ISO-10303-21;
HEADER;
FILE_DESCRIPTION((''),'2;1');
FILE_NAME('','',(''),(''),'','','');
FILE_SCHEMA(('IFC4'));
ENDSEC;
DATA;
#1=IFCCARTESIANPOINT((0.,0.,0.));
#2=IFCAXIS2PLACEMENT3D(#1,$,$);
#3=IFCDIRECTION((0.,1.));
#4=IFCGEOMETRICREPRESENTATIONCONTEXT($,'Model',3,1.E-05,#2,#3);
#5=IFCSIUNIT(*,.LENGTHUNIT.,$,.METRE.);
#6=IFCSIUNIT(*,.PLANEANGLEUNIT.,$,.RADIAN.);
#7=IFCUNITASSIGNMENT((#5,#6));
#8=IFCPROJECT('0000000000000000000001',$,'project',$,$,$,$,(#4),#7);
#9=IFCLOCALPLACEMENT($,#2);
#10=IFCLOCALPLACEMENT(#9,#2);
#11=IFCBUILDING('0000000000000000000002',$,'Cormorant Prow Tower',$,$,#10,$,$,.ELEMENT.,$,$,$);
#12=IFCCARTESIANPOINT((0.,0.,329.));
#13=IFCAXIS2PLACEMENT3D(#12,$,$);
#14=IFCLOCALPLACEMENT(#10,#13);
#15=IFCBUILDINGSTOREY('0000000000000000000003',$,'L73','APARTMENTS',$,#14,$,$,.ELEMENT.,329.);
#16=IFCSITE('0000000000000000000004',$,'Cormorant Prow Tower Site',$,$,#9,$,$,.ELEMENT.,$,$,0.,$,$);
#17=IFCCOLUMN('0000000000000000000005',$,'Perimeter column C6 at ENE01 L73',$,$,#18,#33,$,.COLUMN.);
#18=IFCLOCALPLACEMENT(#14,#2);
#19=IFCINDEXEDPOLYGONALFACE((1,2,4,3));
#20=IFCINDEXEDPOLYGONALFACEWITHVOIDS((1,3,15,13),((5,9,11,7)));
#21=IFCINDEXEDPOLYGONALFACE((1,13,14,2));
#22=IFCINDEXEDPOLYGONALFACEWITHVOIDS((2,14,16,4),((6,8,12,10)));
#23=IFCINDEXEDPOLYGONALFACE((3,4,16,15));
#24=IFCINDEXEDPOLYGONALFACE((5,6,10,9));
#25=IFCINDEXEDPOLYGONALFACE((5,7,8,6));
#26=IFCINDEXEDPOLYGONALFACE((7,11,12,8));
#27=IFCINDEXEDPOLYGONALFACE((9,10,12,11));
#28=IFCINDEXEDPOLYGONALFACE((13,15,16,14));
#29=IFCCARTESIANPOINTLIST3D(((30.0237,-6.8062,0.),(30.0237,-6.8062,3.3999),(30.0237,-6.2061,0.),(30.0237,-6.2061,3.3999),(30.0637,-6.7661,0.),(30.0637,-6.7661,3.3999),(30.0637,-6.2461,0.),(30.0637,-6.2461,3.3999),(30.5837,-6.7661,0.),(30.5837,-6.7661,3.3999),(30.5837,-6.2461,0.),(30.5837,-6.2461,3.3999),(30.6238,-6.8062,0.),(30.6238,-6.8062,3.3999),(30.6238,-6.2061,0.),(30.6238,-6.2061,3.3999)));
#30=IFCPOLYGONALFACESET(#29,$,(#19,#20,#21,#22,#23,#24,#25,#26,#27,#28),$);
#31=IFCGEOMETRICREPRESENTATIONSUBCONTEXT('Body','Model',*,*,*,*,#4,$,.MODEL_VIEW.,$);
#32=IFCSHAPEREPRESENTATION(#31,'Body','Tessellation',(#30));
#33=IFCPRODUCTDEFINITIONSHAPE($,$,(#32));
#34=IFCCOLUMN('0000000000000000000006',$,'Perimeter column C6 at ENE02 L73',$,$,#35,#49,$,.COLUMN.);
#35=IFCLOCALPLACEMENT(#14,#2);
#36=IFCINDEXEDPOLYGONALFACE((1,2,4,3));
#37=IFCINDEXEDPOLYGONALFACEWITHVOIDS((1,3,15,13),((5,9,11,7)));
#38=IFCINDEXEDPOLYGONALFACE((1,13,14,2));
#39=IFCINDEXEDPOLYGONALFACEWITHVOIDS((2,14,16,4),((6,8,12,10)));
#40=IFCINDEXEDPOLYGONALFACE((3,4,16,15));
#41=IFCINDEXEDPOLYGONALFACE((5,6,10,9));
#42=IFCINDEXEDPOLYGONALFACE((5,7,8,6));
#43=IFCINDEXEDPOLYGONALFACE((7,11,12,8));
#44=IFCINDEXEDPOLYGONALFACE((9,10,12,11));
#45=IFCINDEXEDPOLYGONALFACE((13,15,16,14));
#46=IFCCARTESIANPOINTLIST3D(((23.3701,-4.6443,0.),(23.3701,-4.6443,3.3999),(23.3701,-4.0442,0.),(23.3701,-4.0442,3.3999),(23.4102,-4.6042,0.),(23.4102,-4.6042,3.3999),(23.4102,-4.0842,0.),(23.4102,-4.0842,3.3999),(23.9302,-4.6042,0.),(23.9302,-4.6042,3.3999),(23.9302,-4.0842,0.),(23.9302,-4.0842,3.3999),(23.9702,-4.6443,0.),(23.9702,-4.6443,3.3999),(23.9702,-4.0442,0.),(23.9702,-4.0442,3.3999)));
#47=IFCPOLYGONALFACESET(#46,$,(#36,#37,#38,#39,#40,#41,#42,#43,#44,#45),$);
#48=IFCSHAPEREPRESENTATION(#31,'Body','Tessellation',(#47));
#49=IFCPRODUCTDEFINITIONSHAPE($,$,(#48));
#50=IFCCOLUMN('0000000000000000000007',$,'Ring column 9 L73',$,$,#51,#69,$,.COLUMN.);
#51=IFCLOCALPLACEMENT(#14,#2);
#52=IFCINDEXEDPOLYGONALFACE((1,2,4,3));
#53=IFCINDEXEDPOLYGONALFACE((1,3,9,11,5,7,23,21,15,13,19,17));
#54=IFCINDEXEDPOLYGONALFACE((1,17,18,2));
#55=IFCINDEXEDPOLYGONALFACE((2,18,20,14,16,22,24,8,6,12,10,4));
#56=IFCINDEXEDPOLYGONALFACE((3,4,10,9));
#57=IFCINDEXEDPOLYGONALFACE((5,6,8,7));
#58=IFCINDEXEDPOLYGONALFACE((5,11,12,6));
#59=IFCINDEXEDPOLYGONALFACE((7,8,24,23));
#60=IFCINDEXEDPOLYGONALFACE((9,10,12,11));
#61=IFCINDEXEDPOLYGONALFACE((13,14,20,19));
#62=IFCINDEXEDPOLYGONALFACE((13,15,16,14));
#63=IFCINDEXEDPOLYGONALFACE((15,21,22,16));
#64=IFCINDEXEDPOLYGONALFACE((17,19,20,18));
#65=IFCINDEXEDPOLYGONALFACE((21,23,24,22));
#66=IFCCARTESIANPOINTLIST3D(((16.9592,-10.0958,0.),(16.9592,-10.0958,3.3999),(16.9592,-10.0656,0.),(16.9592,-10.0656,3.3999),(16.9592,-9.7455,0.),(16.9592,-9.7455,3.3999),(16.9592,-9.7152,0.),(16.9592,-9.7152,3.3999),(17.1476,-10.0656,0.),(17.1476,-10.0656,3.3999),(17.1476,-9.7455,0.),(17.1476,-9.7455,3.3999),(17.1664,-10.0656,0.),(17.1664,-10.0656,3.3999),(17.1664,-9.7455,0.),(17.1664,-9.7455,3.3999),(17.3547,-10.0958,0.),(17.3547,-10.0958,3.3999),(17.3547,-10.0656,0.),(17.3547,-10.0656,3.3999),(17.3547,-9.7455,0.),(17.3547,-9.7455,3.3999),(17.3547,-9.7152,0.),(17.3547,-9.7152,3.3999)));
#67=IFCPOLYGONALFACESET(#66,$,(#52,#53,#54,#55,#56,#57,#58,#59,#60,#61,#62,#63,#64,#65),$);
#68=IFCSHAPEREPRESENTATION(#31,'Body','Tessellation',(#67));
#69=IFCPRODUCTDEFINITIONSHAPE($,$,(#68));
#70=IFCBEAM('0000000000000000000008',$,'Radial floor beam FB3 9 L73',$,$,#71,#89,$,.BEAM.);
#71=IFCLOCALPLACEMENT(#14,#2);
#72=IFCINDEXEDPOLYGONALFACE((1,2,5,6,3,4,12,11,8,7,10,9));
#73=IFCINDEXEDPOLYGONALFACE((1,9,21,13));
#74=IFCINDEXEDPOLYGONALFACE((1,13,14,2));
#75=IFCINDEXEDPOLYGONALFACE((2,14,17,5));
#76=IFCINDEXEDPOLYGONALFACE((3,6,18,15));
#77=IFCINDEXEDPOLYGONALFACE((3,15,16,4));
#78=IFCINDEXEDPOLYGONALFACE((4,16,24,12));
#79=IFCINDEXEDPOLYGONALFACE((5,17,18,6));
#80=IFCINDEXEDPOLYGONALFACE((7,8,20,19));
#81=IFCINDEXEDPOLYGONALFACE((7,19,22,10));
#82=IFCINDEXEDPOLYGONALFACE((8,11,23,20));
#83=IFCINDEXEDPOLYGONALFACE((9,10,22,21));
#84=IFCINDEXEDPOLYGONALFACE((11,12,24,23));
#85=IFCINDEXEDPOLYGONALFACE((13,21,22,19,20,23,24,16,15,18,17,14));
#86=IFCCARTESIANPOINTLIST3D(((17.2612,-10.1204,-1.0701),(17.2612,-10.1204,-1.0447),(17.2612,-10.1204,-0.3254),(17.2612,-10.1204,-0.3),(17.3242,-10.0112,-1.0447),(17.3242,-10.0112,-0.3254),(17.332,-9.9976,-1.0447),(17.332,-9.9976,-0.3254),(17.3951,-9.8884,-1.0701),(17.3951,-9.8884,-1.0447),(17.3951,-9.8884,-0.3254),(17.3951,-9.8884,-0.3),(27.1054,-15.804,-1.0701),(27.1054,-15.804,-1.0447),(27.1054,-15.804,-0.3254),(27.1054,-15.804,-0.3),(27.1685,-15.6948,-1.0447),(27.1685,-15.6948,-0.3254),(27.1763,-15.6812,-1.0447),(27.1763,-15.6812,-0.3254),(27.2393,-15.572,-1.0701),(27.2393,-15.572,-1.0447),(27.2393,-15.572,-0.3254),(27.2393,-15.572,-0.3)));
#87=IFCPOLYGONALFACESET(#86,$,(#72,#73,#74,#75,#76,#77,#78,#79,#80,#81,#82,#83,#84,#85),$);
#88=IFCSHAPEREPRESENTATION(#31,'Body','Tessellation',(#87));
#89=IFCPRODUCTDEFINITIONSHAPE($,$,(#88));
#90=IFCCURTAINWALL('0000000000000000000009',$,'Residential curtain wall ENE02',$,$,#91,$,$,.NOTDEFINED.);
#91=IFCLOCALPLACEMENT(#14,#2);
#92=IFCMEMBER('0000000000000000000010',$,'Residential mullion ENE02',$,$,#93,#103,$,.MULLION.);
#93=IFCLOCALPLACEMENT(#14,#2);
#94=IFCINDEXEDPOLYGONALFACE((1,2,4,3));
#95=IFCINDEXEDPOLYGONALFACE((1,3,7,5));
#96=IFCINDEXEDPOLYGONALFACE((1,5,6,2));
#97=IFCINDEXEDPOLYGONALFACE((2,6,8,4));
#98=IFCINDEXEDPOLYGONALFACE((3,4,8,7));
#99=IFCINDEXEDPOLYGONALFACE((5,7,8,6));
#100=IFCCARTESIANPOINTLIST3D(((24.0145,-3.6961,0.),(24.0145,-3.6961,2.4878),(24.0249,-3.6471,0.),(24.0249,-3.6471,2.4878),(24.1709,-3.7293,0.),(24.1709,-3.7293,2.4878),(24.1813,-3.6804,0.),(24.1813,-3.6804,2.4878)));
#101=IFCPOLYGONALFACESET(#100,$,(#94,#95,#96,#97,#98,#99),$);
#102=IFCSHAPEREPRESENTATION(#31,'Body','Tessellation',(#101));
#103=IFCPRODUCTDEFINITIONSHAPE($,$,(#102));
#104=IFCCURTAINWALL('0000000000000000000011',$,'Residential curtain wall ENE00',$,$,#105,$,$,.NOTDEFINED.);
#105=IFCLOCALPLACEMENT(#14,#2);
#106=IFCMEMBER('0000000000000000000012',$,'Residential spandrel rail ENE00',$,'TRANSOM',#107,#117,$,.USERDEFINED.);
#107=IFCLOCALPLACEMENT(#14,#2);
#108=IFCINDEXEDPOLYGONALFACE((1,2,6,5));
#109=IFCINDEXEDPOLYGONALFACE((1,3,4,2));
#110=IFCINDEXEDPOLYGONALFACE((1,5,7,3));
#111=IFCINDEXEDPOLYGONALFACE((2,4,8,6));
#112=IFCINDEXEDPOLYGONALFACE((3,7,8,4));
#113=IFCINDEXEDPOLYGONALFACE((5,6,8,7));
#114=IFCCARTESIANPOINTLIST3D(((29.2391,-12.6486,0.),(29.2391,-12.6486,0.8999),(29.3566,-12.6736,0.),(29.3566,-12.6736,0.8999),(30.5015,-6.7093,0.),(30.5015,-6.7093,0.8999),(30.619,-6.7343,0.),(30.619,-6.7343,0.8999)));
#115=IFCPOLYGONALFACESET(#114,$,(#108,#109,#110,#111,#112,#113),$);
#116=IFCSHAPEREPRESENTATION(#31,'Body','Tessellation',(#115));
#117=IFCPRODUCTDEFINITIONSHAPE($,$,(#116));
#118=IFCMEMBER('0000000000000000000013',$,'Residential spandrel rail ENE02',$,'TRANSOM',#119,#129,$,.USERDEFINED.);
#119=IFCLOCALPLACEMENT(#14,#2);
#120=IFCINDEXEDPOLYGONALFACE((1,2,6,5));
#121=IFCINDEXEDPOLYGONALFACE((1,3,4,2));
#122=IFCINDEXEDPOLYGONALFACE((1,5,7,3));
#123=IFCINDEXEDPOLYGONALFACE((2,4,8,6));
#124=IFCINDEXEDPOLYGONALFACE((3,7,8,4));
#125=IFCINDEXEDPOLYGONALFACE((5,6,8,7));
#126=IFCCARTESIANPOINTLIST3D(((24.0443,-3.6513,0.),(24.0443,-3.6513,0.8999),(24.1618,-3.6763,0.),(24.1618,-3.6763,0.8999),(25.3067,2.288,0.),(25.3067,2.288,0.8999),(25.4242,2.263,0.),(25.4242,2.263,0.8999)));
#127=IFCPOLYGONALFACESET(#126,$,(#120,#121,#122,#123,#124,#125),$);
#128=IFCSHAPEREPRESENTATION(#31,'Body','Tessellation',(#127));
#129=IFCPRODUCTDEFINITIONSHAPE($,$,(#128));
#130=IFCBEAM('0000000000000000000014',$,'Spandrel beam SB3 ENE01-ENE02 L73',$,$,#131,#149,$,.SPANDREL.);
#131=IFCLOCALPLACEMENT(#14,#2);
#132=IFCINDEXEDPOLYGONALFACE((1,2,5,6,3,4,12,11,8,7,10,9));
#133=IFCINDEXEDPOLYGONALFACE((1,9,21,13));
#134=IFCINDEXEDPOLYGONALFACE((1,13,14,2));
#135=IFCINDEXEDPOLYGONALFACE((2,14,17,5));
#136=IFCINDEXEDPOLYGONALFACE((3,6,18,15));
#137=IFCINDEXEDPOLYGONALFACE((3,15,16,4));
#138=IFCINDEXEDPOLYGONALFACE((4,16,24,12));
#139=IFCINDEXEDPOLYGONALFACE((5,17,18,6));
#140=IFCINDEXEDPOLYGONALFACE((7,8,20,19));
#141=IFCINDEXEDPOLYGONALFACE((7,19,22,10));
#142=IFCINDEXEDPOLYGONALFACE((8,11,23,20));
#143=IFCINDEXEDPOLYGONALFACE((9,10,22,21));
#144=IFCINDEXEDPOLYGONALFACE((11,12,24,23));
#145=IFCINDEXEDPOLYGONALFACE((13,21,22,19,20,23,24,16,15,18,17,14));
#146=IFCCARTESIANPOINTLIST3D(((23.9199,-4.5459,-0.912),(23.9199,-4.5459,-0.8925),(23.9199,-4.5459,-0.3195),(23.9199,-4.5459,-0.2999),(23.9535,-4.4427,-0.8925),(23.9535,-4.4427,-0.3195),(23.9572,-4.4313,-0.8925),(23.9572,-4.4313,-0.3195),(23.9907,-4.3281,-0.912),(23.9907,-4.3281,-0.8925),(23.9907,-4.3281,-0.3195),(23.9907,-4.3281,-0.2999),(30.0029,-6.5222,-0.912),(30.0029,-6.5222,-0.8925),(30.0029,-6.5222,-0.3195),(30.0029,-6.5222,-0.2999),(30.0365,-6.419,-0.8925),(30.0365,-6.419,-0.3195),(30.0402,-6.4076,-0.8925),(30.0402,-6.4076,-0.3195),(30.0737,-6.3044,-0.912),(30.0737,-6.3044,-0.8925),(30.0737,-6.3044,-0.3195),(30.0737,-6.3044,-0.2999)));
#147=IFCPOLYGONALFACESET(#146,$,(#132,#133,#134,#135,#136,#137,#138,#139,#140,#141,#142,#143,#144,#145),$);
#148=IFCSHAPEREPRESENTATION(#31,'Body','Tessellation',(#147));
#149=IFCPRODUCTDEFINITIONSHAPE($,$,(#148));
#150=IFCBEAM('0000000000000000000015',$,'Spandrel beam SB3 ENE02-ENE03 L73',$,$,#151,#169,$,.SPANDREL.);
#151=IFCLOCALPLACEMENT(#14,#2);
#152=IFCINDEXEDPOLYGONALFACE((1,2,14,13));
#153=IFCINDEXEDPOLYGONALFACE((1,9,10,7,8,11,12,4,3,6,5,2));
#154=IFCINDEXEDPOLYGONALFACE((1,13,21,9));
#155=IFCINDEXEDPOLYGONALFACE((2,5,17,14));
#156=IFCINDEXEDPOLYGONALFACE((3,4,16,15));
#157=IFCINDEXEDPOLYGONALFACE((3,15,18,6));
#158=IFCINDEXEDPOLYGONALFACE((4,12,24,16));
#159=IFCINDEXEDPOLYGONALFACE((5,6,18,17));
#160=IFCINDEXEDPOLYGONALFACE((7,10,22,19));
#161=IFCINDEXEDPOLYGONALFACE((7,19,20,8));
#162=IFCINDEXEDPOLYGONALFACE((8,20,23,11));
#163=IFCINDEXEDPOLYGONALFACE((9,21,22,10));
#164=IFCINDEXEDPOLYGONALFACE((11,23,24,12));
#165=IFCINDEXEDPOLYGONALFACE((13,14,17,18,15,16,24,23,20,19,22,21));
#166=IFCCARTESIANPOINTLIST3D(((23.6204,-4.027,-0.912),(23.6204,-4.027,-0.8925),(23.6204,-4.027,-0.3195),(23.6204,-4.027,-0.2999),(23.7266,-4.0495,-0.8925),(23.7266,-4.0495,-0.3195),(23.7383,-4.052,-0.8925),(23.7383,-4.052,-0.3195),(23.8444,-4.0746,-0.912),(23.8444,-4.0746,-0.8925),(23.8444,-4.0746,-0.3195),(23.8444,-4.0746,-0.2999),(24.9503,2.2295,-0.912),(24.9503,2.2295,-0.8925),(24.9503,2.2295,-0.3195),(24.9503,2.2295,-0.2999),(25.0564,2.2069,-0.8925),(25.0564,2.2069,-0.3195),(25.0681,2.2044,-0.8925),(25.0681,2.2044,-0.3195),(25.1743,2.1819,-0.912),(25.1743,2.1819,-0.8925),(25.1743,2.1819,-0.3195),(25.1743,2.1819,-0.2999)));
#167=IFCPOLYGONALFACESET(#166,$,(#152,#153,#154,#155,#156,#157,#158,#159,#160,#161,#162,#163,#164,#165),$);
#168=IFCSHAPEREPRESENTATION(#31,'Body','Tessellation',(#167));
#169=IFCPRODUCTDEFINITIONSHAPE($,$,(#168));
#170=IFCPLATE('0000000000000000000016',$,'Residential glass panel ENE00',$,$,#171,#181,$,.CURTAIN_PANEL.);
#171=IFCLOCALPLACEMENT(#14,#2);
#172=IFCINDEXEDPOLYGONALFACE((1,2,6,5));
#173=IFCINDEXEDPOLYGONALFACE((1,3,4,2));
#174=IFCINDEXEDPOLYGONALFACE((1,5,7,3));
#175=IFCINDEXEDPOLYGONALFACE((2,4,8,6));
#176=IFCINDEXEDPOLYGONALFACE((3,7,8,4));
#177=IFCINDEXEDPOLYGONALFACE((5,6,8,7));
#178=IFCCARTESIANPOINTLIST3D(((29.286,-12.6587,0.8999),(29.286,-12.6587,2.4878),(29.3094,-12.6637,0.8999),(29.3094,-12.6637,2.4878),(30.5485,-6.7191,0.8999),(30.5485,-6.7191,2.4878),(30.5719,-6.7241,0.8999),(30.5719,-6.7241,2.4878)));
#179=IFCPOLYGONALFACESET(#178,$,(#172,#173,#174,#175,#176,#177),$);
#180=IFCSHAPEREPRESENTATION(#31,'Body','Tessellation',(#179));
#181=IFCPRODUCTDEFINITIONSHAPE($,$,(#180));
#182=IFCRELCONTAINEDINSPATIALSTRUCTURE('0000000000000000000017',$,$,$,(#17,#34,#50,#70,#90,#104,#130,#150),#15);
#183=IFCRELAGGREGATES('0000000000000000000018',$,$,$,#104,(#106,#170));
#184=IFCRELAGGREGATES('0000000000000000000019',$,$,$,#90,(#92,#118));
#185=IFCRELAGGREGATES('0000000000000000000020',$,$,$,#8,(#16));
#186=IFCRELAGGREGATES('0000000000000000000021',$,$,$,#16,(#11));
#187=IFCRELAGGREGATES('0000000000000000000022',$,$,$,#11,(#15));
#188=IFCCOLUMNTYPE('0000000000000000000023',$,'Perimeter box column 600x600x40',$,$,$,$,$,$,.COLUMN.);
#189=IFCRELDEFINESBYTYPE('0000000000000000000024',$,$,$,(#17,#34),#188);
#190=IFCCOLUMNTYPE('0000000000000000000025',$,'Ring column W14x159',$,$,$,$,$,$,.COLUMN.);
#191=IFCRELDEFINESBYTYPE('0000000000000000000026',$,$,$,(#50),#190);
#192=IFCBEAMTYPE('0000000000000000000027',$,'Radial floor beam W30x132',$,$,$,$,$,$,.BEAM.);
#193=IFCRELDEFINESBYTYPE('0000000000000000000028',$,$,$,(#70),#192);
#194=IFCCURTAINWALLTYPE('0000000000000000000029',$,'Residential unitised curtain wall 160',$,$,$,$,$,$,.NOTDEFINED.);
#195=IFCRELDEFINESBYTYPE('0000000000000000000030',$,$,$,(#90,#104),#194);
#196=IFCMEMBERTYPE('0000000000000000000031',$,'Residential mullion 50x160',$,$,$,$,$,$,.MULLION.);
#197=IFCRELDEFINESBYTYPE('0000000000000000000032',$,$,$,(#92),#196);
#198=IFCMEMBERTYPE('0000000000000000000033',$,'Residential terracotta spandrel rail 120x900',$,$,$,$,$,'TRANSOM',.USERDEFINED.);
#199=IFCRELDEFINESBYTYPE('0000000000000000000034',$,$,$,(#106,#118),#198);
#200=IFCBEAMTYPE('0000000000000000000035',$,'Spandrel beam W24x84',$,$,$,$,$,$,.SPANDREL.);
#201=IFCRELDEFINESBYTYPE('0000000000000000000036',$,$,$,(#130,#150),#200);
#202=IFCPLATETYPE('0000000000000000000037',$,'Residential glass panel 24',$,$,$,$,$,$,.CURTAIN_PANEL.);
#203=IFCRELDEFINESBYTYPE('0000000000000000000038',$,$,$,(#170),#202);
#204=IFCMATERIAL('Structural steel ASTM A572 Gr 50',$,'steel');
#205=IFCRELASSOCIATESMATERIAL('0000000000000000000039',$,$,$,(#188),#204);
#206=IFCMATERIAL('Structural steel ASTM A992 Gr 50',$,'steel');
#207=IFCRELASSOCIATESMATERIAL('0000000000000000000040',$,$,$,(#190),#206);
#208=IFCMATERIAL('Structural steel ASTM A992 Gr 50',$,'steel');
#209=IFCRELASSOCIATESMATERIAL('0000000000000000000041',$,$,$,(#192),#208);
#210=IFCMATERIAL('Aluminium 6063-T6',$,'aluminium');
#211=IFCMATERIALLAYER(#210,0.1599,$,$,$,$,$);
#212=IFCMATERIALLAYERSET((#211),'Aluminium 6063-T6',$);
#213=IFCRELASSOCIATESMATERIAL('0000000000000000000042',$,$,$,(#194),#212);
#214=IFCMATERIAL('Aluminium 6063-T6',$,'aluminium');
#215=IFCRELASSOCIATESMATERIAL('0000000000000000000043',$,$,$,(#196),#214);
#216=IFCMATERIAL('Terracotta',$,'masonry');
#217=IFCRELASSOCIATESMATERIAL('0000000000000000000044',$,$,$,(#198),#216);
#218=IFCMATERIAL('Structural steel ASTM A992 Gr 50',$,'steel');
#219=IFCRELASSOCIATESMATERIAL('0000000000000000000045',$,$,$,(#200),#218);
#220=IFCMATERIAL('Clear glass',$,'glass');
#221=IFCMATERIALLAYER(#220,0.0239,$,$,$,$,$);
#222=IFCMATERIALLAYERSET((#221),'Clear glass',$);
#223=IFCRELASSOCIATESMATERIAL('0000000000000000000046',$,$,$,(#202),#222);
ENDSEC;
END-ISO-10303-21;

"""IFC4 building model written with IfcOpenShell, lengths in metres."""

from ifc_helpers import new_model, si_unit, direction, frame, origin, origin_2d, place, context, subcontext, project, spatial, rectangle, hollow_rectangle, i_section, extrude, material, layer, layer_set, material_profile, profile_set, type_object, element, aggregate, save


model = new_model("IFC4")

# Units and contexts
model_context = context("Model", 3, precision=1e-05, world=origin(), true_north=direction((0.0, 1.0)))
body_context = subcontext(model_context, "Body", "Model", "MODEL_VIEW")
ifc_project = project(units=[si_unit("LENGTHUNIT", "METRE"), si_unit("PLANEANGLEUNIT", "RADIAN")], contexts=[model_context])

# Site, building, storey
site_placement = place(None, origin())
site = spatial("IfcSite", under=ifc_project, at=site_placement, Name="Cormorant Prow Tower Site", CompositionType="ELEMENT", RefElevation=0.0)
building_placement = place(site_placement, origin())
building = spatial("IfcBuilding", under=site, at=building_placement, Name="Cormorant Prow Tower", CompositionType="ELEMENT")
storey_placement = place(building_placement, frame((0.0, 0.0, 329.0)))
storey = spatial("IfcBuildingStorey", under=building, at=storey_placement, Name="L73", Description="APARTMENTS", CompositionType="ELEMENT", Elevation=329.0)

# Columns
ifc_material_1 = material(Name="Structural steel ASTM A572 Gr 50", Category="steel")
ifc_material_profile_1 = material_profile(ifc_material_1, hollow_rectangle(XDim=0.6001, YDim=0.6001, WallThickness=0.04, at=origin_2d()), Name="Box 600x600x40")
ifc_profile_set_1 = profile_set([ifc_material_profile_1], Name="Structural steel ASTM A572 Gr 50")
column_type_1 = type_object("IfcColumnType", Name="Perimeter box column 600x600x40", PredefinedType="COLUMN", material=ifc_profile_set_1)
for number, where, z_axis, x_axis, name in (
    (1, (30.3237, -6.5061, 0.0), (0.0, 0.0, 1.0), (1.0, 0.0, 0.0), "Perimeter column C6 at ENE01 L73"),
    (2, (23.6702, -4.3442, 0.0), (0.0, 0.0, 1.0), (1.0, 0.0, 0.0), "Perimeter column C6 at ENE02 L73"),
):
    element("IfcColumn", number, at=place(storey_placement, frame(where, z_axis=z_axis, x_axis=x_axis)), inside=storey, type_object=column_type_1, Name=name, PredefinedType="COLUMN", context=body_context, shape_type="SweptSolid", body=[
        extrude(hollow_rectangle(XDim=0.6001, YDim=0.6001, WallThickness=0.04, at=origin_2d()), origin(), (0.0, 0.0, 1.0), 3.3999),
    ])
ifc_material_2 = material(Name="Structural steel ASTM A992 Gr 50", Category="steel")
ifc_material_profile_2 = material_profile(ifc_material_2, i_section(OverallWidth=0.3955, OverallDepth=0.3806, WebThickness=0.0188, FlangeThickness=0.0303, at=origin_2d()), Name="W14x159")
ifc_profile_set_2 = profile_set([ifc_material_profile_2], Name="Structural steel ASTM A992 Gr 50")
column_type_2 = type_object("IfcColumnType", Name="Ring column W14x159", PredefinedType="COLUMN", material=ifc_profile_set_2)
column_placement = place(storey_placement, frame((17.157, -9.9055, 0.0), z_axis=(0.0, 0.0, 1.0), x_axis=(1.0, 0.0, 0.0)))
element("IfcColumn", 3, at=column_placement, inside=storey, type_object=column_type_2, Name="Ring column 9 L73", PredefinedType="COLUMN", context=body_context, shape_type="SweptSolid", body=[
    extrude(i_section(OverallWidth=0.3955, OverallDepth=0.3806, WebThickness=0.0188, FlangeThickness=0.0303, at=origin_2d()), origin(), (0.0, 0.0, 1.0), 3.3999),
])

# Beam
ifc_material_3 = material(Name="Structural steel ASTM A992 Gr 50", Category="steel")
ifc_material_profile_3 = material_profile(ifc_material_3, i_section(OverallWidth=0.2678, OverallDepth=0.77, WebThickness=0.0156, FlangeThickness=0.0254, at=origin_2d()), Name="W30x132")
ifc_profile_set_3 = profile_set([ifc_material_profile_3], Name="Structural steel ASTM A992 Gr 50")
beam_type_1 = type_object("IfcBeamType", Name="Radial floor beam W30x132", PredefinedType="BEAM", material=ifc_profile_set_3)
beam_1_placement = place(storey_placement, frame((17.3281, -10.0044, -0.6851), z_axis=(0.866025, -0.500001, 0.0), x_axis=(0.500001, 0.866025, 0.0)))
element("IfcBeam", 4, at=beam_1_placement, inside=storey, type_object=beam_type_1, Name="Radial floor beam FB3 9 L73", PredefinedType="BEAM", context=body_context, shape_type="SweptSolid", body=[
    extrude(i_section(OverallWidth=0.2678, OverallDepth=0.77, WebThickness=0.0156, FlangeThickness=0.0254, at=origin_2d()), origin(), (0.0, 0.0, 1.0), 11.3672),
])

# Curtain walls, members
ifc_material_4 = material(Name="Aluminium 6063-T6", Category="aluminium")
ifc_layer_1 = layer(ifc_material_4, 0.1599)
ifc_layer_set_1 = layer_set([ifc_layer_1], Name="Aluminium 6063-T6")
curtain_wall_type = type_object("IfcCurtainWallType", Name="Residential unitised curtain wall 160", PredefinedType="NOTDEFINED", material=ifc_layer_set_1)
curtain_wall_1_placement = place(storey_placement, origin())
curtain_wall_1 = element("IfcCurtainWall", 5, at=curtain_wall_1_placement, inside=storey, type_object=curtain_wall_type, Name="Residential curtain wall ENE02", PredefinedType="NOTDEFINED")
ifc_material_5 = material(Name="Aluminium 6063-T6", Category="aluminium")
ifc_material_profile_4 = material_profile(ifc_material_5, rectangle(XDim=0.1599, YDim=0.05, at=origin_2d()), Name="Residential mullion 50x160")
ifc_profile_set_4 = profile_set([ifc_material_profile_4], Name="Aluminium 6063-T6")
member_type_1 = type_object("IfcMemberType", Name="Residential mullion 50x160", PredefinedType="MULLION", material=ifc_profile_set_4)
member_1_placement = place(storey_placement, frame((24.0979, -3.6882, 0.0), z_axis=(0.0, 0.0, 1.0), x_axis=(-0.978148, 0.207912, 0.0)))
member_1 = element("IfcMember", 6, at=member_1_placement, type_object=member_type_1, Name="Residential mullion ENE02", PredefinedType="MULLION", context=body_context, shape_type="SweptSolid", body=[
    extrude(rectangle(XDim=0.1599, YDim=0.05, at=origin_2d()), origin(), (0.0, 0.0, 1.0), 2.4878),
])
curtain_wall_2_placement = place(storey_placement, origin())
curtain_wall_2 = element("IfcCurtainWall", 7, at=curtain_wall_2_placement, inside=storey, type_object=curtain_wall_type, Name="Residential curtain wall ENE00", PredefinedType="NOTDEFINED")
ifc_material_6 = material(Name="Terracotta", Category="masonry")
ifc_material_profile_5 = material_profile(ifc_material_6, rectangle(XDim=0.1201, YDim=0.8999, at=origin_2d()), Name="Residential terracotta spandrel rail 120x900")
ifc_profile_set_5 = profile_set([ifc_material_profile_5], Name="Terracotta")
member_type_2 = type_object("IfcMemberType", Name="Residential terracotta spandrel rail 120x900", ElementType="TRANSOM", PredefinedType="USERDEFINED", material=ifc_profile_set_5)
member_2_placement = place(storey_placement, frame((29.2979, -12.6611, 0.45), z_axis=(0.207909, 0.978148, 0.0), x_axis=(-0.978148, 0.207909, 0.0)))
member_2 = element("IfcMember", 8, at=member_2_placement, type_object=member_type_2, Name="Residential spandrel rail ENE00", ObjectType="TRANSOM", PredefinedType="USERDEFINED", context=body_context, shape_type="SweptSolid", body=[
    extrude(rectangle(XDim=0.1201, YDim=0.8999, at=origin_2d()), origin(), (0.0, 0.0, 1.0), 6.072),
])

# Member
member_3_placement = place(storey_placement, frame((24.103, -3.6638, 0.45), z_axis=(0.207909, 0.978148, 0.0), x_axis=(-0.978148, 0.207909, 0.0)))
member_3 = element("IfcMember", 9, at=member_3_placement, type_object=member_type_2, Name="Residential spandrel rail ENE02", ObjectType="TRANSOM", PredefinedType="USERDEFINED", context=body_context, shape_type="SweptSolid", body=[
    extrude(rectangle(XDim=0.1201, YDim=0.8999, at=origin_2d()), origin(), (0.0, 0.0, 1.0), 6.072),
])

# Beams
ifc_material_7 = material(Name="Structural steel ASTM A992 Gr 50", Category="steel")
ifc_material_profile_6 = material_profile(ifc_material_7, i_section(OverallWidth=0.229, OverallDepth=0.6121, WebThickness=0.012, FlangeThickness=0.0195, at=origin_2d()), Name="W24x84")
ifc_profile_set_6 = profile_set([ifc_material_profile_6], Name="Structural steel ASTM A992 Gr 50")
beam_type_2 = type_object("IfcBeamType", Name="Spandrel beam W24x84", PredefinedType="SPANDREL", material=ifc_profile_set_6)
beam_2_placement = place(storey_placement, frame((30.0383, -6.4133, -0.606), z_axis=(-0.951064, 0.308993, 0.0), x_axis=(-0.308993, -0.951064, 0.0)))
element("IfcBeam", 10, at=beam_2_placement, inside=storey, type_object=beam_type_2, Name="Spandrel beam SB3 ENE01-ENE02 L73", PredefinedType="SPANDREL", context=body_context, shape_type="SweptSolid", body=[
    extrude(i_section(OverallWidth=0.229, OverallDepth=0.6121, WebThickness=0.012, FlangeThickness=0.0195, at=origin_2d()), origin(), (0.0, 0.0, 1.0), 6.396),
])
beam_3_placement = place(storey_placement, frame((23.7324, -4.0508, -0.606), z_axis=(0.207913, 0.978147, 0.0), x_axis=(-0.978147, 0.207913, 0.0)))
element("IfcBeam", 11, at=beam_3_placement, inside=storey, type_object=beam_type_2, Name="Spandrel beam SB3 ENE02-ENE03 L73", PredefinedType="SPANDREL", context=body_context, shape_type="SweptSolid", body=[
    extrude(i_section(OverallWidth=0.229, OverallDepth=0.6121, WebThickness=0.012, FlangeThickness=0.0195, at=origin_2d()), origin(), (0.0, 0.0, 1.0), 6.3962),
])

# Plate
ifc_material_8 = material(Name="Clear glass", Category="glass")
ifc_layer_2 = layer(ifc_material_8, 0.0239)
ifc_layer_set_2 = layer_set([ifc_layer_2], Name="Clear glass")
plate_type = type_object("IfcPlateType", Name="Residential glass panel 24", PredefinedType="CURTAIN_PANEL", material=ifc_layer_set_2)
plate_1_placement = place(storey_placement, frame((29.929, -9.6914, 0.8999), z_axis=(0.0, 0.0, 1.0), x_axis=(0.207912, 0.978148, 0.0)))
plate_1 = element("IfcPlate", 12, at=plate_1_placement, type_object=plate_type, Name="Residential glass panel ENE00", PredefinedType="CURTAIN_PANEL", context=body_context, shape_type="SweptSolid", body=[
    extrude(rectangle(XDim=6.0723, YDim=0.0239, at=origin_2d()), origin(), (0.0, 0.0, 1.0), 1.5879),
])
aggregate(curtain_wall_2, [member_2, plate_1])
aggregate(curtain_wall_1, [member_1, member_3])

save(model, "model.ifc")
